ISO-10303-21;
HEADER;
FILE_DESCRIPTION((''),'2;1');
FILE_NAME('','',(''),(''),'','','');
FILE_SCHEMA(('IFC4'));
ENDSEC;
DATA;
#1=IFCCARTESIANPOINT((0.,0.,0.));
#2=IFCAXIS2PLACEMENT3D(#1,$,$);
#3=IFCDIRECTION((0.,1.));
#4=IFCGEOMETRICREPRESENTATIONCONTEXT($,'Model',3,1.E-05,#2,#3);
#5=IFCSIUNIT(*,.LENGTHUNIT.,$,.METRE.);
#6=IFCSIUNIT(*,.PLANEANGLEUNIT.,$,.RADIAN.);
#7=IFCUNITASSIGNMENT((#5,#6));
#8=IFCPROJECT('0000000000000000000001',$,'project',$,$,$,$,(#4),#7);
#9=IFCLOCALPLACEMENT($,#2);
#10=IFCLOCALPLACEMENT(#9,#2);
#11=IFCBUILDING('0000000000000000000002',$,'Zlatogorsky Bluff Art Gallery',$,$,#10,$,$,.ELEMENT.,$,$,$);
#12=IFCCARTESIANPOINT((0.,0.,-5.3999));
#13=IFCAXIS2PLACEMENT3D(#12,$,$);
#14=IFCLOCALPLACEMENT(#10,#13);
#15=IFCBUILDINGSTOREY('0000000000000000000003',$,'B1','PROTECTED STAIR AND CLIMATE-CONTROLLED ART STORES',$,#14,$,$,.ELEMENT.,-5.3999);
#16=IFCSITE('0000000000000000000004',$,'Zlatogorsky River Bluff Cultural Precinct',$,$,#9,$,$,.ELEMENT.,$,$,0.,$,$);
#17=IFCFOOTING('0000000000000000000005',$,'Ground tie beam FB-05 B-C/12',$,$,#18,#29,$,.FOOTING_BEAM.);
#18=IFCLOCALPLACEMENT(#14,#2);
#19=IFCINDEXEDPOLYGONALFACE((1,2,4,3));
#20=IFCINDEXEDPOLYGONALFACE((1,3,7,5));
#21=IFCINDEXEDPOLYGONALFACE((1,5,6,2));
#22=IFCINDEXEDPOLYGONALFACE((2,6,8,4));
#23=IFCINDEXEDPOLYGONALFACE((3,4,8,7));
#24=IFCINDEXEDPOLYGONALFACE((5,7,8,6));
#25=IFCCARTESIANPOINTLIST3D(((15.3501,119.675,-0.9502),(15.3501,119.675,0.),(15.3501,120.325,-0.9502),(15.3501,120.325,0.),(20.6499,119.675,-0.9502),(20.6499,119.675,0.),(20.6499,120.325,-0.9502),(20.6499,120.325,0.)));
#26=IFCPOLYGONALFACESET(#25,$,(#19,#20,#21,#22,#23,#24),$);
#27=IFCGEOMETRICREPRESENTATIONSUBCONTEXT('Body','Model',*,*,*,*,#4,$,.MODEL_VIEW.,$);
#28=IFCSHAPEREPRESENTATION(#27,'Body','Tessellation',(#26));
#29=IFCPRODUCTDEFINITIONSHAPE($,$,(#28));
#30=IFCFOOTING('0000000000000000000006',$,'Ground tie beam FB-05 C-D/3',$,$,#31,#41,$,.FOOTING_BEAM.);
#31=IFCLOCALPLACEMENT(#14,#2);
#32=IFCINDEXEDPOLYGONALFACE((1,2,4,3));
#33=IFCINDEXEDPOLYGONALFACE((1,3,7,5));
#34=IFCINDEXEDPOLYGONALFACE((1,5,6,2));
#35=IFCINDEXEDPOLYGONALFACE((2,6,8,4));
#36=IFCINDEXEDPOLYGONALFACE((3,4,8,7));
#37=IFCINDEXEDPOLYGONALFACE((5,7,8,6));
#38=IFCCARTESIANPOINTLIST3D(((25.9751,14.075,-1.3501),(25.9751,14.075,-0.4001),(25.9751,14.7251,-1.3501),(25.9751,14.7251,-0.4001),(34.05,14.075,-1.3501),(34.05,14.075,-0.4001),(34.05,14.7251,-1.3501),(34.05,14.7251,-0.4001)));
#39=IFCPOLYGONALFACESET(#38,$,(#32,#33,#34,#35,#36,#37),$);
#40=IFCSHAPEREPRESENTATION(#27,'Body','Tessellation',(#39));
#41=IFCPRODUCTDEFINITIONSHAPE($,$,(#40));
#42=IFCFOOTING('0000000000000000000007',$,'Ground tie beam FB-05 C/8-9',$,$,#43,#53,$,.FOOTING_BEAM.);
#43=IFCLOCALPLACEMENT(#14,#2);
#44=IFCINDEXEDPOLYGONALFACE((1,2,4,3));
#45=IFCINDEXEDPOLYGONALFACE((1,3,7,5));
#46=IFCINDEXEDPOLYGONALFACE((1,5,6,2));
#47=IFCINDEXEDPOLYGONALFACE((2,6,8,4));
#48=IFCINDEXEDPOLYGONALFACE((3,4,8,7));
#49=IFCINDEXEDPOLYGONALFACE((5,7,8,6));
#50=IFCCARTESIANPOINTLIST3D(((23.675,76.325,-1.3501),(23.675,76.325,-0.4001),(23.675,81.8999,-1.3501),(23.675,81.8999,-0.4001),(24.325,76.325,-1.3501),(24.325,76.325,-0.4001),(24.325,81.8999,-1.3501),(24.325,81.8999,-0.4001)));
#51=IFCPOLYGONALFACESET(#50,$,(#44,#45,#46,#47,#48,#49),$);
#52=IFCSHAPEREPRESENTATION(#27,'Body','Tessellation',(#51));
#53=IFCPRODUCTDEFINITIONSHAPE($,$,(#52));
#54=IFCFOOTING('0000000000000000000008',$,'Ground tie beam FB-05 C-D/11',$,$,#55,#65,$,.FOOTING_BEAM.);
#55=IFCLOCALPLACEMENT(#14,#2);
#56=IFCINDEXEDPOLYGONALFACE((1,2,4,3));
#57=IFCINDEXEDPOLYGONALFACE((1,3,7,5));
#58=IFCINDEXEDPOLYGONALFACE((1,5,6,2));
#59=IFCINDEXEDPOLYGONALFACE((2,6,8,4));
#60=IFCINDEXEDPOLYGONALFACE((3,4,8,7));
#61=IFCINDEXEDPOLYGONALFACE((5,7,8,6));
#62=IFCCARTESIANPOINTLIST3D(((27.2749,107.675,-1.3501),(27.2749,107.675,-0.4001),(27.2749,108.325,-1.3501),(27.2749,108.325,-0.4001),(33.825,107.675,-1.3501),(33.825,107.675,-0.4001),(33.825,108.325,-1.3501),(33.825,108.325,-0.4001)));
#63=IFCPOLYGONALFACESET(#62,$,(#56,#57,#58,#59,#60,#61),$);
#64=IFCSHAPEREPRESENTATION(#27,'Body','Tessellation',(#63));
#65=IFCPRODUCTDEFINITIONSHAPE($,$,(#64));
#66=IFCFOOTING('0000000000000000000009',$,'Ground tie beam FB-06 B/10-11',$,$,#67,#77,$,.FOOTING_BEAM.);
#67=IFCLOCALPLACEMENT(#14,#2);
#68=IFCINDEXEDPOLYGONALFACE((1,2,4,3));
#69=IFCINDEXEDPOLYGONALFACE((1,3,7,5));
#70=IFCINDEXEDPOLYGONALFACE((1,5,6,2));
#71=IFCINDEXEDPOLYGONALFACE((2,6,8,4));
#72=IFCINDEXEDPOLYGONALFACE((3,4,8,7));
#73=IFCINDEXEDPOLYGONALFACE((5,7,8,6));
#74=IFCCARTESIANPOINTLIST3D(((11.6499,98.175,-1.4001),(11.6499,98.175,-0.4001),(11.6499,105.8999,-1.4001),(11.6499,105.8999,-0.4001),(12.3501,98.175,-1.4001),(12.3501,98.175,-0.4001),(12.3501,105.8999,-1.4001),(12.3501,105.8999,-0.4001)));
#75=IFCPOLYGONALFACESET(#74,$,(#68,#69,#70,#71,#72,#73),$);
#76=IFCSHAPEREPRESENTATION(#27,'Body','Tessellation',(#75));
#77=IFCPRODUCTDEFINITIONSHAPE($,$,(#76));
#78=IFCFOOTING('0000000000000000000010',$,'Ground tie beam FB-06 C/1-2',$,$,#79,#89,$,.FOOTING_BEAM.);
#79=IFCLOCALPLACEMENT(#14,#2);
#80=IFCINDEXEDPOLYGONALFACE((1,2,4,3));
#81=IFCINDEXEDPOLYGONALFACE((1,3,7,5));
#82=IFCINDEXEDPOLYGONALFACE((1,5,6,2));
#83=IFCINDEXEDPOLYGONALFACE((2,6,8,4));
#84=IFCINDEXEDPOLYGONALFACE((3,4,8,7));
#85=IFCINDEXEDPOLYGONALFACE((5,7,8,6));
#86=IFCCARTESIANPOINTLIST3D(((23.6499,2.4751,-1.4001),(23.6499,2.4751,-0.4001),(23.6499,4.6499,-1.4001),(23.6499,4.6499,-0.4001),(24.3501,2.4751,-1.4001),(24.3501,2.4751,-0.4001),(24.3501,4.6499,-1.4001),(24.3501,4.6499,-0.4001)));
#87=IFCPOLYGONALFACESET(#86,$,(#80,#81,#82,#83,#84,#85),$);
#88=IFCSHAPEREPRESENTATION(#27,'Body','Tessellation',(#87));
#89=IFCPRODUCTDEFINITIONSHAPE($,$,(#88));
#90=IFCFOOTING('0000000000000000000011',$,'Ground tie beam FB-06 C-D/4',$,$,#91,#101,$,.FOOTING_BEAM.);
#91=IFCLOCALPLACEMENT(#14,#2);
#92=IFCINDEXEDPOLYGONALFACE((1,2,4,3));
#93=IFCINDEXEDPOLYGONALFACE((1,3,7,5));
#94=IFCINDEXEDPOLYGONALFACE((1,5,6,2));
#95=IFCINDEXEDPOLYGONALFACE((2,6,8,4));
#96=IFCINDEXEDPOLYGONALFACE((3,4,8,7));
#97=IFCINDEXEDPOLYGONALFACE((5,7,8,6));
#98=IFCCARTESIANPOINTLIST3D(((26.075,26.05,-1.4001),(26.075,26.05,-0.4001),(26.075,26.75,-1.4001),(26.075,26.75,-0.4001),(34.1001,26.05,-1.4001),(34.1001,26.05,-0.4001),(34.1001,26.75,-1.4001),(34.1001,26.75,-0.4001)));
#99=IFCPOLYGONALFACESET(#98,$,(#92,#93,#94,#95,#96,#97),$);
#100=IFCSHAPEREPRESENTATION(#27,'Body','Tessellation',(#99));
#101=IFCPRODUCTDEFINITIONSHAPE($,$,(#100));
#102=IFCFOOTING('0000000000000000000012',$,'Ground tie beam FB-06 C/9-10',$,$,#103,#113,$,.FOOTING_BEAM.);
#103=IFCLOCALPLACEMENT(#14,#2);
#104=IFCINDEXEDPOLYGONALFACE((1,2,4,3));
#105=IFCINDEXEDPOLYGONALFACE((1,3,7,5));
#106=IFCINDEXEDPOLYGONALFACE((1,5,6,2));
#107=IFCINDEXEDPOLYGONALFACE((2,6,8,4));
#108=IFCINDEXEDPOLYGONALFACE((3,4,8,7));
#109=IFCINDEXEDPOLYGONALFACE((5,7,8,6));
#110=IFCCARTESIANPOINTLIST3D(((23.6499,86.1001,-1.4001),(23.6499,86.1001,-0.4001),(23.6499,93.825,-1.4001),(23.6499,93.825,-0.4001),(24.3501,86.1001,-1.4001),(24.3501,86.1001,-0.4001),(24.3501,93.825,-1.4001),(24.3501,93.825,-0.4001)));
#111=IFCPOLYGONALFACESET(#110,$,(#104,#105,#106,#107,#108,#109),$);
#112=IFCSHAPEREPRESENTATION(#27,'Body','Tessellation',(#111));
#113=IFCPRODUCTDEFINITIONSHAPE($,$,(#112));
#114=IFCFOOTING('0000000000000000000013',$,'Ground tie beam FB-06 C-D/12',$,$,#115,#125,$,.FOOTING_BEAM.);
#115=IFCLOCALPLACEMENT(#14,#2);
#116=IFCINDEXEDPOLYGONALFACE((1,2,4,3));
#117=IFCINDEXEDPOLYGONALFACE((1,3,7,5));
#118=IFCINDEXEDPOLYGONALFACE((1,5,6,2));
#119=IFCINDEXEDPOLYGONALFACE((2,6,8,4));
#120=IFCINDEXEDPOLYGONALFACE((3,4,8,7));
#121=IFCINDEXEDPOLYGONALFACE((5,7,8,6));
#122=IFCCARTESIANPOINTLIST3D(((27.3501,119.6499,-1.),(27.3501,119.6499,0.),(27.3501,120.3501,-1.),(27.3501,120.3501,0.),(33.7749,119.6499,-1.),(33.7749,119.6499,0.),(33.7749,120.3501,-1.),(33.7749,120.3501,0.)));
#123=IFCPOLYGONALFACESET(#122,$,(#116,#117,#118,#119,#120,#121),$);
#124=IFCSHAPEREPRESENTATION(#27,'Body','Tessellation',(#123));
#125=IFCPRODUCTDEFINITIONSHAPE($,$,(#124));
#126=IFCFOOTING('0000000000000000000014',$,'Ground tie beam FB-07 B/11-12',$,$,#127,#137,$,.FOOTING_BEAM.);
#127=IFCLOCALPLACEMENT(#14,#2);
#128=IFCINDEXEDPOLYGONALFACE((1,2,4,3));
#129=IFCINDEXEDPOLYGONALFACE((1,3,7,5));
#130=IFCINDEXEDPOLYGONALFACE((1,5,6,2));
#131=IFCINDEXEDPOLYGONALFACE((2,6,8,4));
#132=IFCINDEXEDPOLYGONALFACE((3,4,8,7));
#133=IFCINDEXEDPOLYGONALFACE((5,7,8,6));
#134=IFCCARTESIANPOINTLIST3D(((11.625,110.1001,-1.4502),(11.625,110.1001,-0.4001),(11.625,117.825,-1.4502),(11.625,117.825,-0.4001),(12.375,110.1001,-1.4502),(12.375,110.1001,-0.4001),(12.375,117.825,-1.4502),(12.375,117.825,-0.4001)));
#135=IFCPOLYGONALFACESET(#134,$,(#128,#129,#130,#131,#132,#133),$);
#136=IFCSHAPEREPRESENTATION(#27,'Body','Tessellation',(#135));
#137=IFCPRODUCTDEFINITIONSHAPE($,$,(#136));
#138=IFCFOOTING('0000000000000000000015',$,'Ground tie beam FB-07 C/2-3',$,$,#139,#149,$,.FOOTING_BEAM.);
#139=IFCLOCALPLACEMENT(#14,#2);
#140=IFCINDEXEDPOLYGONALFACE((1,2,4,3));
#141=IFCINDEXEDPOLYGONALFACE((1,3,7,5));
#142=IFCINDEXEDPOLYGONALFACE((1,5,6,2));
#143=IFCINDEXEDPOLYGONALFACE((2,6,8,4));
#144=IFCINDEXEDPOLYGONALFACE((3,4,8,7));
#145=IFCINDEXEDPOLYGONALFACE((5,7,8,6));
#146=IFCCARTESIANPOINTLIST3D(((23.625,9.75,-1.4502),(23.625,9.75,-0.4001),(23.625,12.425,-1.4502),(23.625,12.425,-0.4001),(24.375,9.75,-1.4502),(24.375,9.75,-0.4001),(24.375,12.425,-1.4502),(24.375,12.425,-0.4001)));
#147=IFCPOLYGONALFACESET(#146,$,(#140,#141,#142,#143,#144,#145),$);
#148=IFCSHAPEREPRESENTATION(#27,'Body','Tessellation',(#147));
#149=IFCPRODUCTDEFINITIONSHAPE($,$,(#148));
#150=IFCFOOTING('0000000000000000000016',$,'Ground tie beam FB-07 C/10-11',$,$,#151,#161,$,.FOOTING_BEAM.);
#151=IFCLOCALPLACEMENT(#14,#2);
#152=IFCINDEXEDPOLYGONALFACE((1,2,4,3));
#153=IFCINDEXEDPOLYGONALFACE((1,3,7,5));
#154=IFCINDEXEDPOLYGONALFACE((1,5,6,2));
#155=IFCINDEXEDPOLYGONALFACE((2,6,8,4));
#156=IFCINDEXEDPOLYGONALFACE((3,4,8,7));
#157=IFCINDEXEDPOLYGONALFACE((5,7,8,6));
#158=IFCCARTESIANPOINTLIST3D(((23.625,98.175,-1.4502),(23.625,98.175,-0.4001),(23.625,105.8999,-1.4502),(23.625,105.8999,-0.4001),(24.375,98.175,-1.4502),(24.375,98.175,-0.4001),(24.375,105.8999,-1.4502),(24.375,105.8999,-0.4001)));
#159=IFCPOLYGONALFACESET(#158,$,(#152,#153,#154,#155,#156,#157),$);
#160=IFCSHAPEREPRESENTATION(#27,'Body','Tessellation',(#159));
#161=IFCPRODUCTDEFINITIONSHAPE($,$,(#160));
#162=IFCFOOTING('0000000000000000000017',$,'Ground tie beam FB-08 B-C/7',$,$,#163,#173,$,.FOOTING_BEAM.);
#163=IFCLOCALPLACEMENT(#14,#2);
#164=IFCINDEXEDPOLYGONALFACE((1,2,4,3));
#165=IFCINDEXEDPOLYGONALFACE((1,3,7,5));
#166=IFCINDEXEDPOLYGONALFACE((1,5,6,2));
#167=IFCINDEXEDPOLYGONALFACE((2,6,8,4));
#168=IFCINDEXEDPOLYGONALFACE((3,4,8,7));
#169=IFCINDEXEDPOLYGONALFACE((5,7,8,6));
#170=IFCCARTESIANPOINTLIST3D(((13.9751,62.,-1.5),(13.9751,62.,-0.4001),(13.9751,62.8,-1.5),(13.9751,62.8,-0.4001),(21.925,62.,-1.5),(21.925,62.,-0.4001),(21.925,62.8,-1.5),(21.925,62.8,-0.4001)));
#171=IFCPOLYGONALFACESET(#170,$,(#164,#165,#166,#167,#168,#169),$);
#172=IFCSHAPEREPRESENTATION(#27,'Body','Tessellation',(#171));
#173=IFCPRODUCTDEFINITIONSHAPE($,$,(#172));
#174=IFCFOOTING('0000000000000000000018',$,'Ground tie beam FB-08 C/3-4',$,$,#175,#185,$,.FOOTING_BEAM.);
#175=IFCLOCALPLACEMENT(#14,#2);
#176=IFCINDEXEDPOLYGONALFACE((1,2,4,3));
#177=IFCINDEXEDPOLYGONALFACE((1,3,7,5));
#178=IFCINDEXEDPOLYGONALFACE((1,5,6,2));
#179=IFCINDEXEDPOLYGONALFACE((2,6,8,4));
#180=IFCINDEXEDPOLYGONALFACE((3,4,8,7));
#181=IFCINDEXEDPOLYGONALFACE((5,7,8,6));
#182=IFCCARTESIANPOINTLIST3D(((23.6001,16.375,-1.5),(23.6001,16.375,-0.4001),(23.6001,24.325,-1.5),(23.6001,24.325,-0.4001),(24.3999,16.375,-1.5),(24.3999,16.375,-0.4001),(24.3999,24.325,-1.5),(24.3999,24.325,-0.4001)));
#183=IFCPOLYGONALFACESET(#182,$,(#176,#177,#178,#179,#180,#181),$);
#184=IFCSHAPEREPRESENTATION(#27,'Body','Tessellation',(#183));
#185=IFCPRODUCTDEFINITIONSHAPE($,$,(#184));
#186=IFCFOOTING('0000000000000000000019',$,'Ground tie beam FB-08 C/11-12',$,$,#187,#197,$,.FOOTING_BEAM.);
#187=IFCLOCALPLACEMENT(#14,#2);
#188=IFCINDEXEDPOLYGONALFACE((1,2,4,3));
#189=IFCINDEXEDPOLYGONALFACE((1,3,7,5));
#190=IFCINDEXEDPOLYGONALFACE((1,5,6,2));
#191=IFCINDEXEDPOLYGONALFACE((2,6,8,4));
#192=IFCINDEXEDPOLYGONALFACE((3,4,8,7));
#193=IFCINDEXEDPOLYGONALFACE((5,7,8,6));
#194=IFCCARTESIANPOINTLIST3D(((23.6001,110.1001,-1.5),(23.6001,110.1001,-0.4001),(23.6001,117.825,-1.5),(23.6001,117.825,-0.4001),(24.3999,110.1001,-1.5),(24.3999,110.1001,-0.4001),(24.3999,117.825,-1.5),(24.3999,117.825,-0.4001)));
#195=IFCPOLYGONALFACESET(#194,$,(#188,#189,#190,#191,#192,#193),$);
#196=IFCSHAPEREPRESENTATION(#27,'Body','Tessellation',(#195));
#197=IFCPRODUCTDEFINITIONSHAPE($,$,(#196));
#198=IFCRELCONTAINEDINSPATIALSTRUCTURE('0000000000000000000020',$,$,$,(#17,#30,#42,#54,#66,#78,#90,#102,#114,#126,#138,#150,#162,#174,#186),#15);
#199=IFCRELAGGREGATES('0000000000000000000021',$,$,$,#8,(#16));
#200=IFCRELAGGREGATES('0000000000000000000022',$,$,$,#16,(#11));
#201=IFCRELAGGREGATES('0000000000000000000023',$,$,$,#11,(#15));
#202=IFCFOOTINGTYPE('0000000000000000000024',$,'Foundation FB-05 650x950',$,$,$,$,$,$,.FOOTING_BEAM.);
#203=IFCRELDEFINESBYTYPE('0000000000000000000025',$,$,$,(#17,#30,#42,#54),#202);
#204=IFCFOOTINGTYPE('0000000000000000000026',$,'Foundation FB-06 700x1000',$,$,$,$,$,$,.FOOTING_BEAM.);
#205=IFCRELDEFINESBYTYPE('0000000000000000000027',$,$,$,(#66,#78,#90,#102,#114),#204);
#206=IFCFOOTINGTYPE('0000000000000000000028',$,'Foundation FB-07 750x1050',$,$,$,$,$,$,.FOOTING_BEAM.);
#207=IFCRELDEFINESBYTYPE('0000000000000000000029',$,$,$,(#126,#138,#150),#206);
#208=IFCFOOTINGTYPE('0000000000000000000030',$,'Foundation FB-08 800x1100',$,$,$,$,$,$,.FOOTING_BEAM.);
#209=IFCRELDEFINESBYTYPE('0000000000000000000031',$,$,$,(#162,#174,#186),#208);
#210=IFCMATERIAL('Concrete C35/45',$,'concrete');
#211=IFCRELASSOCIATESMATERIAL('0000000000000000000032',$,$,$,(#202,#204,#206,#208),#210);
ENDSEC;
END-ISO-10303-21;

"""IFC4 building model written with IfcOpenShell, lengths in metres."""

from ifc_helpers import new_model, si_unit, direction, frame, origin, place, context, subcontext, project, spatial, polyline, outline, extrude, material, type_object, element, save


model = new_model("IFC4")

# Units and contexts
model_context = context("Model", 3, precision=1e-05, world=origin(), true_north=direction((0.0, 1.0)))
body_context = subcontext(model_context, "Body", "Model", "MODEL_VIEW")
ifc_project = project(units=[si_unit("LENGTHUNIT", "METRE"), si_unit("PLANEANGLEUNIT", "RADIAN")], contexts=[model_context])

# Site, building, storey
site_placement = place(None, origin())
site = spatial("IfcSite", under=ifc_project, at=site_placement, Name="Zlatogorsky River Bluff Cultural Precinct", CompositionType="ELEMENT", RefElevation=0.0)
building_placement = place(site_placement, origin())
building = spatial("IfcBuilding", under=site, at=building_placement, Name="Zlatogorsky Bluff Art Gallery", CompositionType="ELEMENT")
storey_placement = place(building_placement, frame((0.0, 0.0, -5.3999)))
storey = spatial("IfcBuildingStorey", under=building, at=storey_placement, Name="B1", Description="PROTECTED STAIR AND CLIMATE-CONTROLLED ART STORES", CompositionType="ELEMENT", Elevation=-5.3999)

# Footings
ifc_material = material(Name="Concrete C35/45", Category="concrete")
footing_type_1 = type_object("IfcFootingType", Name="Foundation FB-05 650x950", PredefinedType="FOOTING_BEAM", material=ifc_material)
footing_1_placement = place(storey_placement, frame((0.0, 0.0, -0.9502)))
element("IfcFooting", 1, at=footing_1_placement, inside=storey, type_object=footing_type_1, Name="Ground tie beam FB-05 B-C/12", PredefinedType="FOOTING_BEAM", context=body_context, shape_type="SweptSolid", body=[
    extrude(outline(polyline([(15.3501, 119.675), (20.6499, 119.675), (20.6499, 120.325), (15.3501, 120.325), (15.3501, 119.675)])), origin(), (0.0, 0.0, 1.0), 0.9502),
])
footing_2_placement = place(storey_placement, frame((0.0, 0.0, -1.3501)))
element("IfcFooting", 2, at=footing_2_placement, inside=storey, type_object=footing_type_1, Name="Ground tie beam FB-05 C-D/3", PredefinedType="FOOTING_BEAM", context=body_context, shape_type="SweptSolid", body=[
    extrude(outline(polyline([(25.9751, 14.075), (34.05, 14.075), (34.05, 14.7251), (25.9751, 14.7251), (25.9751, 14.075)])), origin(), (0.0, 0.0, 1.0), 0.95),
])
footing_3_placement = place(storey_placement, frame((0.0, 0.0, -1.3501)))
element("IfcFooting", 3, at=footing_3_placement, inside=storey, type_object=footing_type_1, Name="Ground tie beam FB-05 C/8-9", PredefinedType="FOOTING_BEAM", context=body_context, shape_type="SweptSolid", body=[
    extrude(outline(polyline([(23.675, 76.325), (24.325, 76.325), (24.325, 81.8999), (23.675, 81.8999), (23.675, 76.325)])), origin(), (0.0, 0.0, 1.0), 0.95),
])
footing_4_placement = place(storey_placement, frame((0.0, 0.0, -1.3501)))
element("IfcFooting", 4, at=footing_4_placement, inside=storey, type_object=footing_type_1, Name="Ground tie beam FB-05 C-D/11", PredefinedType="FOOTING_BEAM", context=body_context, shape_type="SweptSolid", body=[
    extrude(outline(polyline([(27.2749, 107.675), (33.825, 107.675), (33.825, 108.325), (27.2749, 108.325), (27.2749, 107.675)])), origin(), (0.0, 0.0, 1.0), 0.95),
])
footing_type_2 = type_object("IfcFootingType", Name="Foundation FB-06 700x1000", PredefinedType="FOOTING_BEAM", material=ifc_material)
footing_5_placement = place(storey_placement, frame((0.0, 0.0, -1.4001)))
element("IfcFooting", 5, at=footing_5_placement, inside=storey, type_object=footing_type_2, Name="Ground tie beam FB-06 B/10-11", PredefinedType="FOOTING_BEAM", context=body_context, shape_type="SweptSolid", body=[
    extrude(outline(polyline([(11.6499, 98.175), (12.3501, 98.175), (12.3501, 105.8999), (11.6499, 105.8999), (11.6499, 98.175)])), origin(), (0.0, 0.0, 1.0), 1.0),
])
footing_6_placement = place(storey_placement, frame((0.0, 0.0, -1.4001)))
element("IfcFooting", 6, at=footing_6_placement, inside=storey, type_object=footing_type_2, Name="Ground tie beam FB-06 C/1-2", PredefinedType="FOOTING_BEAM", context=body_context, shape_type="SweptSolid", body=[
    extrude(outline(polyline([(23.6499, 2.4751), (24.3501, 2.4751), (24.3501, 4.6499), (23.6499, 4.6499), (23.6499, 2.4751)])), origin(), (0.0, 0.0, 1.0), 1.0),
])
footing_7_placement = place(storey_placement, frame((0.0, 0.0, -1.4001)))
element("IfcFooting", 7, at=footing_7_placement, inside=storey, type_object=footing_type_2, Name="Ground tie beam FB-06 C-D/4", PredefinedType="FOOTING_BEAM", context=body_context, shape_type="SweptSolid", body=[
    extrude(outline(polyline([(26.075, 26.05), (34.1001, 26.05), (34.1001, 26.75), (26.075, 26.75), (26.075, 26.05)])), origin(), (0.0, 0.0, 1.0), 1.0),
])
footing_8_placement = place(storey_placement, frame((0.0, 0.0, -1.4001)))
element("IfcFooting", 8, at=footing_8_placement, inside=storey, type_object=footing_type_2, Name="Ground tie beam FB-06 C/9-10", PredefinedType="FOOTING_BEAM", context=body_context, shape_type="SweptSolid", body=[
    extrude(outline(polyline([(23.6499, 86.1001), (24.3501, 86.1001), (24.3501, 93.825), (23.6499, 93.825), (23.6499, 86.1001)])), origin(), (0.0, 0.0, 1.0), 1.0),
])
footing_9_placement = place(storey_placement, frame((0.0, 0.0, -1.0)))
element("IfcFooting", 9, at=footing_9_placement, inside=storey, type_object=footing_type_2, Name="Ground tie beam FB-06 C-D/12", PredefinedType="FOOTING_BEAM", context=body_context, shape_type="SweptSolid", body=[
    extrude(outline(polyline([(27.3501, 119.6499), (33.7749, 119.6499), (33.7749, 120.3501), (27.3501, 120.3501), (27.3501, 119.6499)])), origin(), (0.0, 0.0, 1.0), 1.0),
])
footing_type_3 = type_object("IfcFootingType", Name="Foundation FB-07 750x1050", PredefinedType="FOOTING_BEAM", material=ifc_material)
footing_10_placement = place(storey_placement, frame((0.0, 0.0, -1.4502)))
element("IfcFooting", 10, at=footing_10_placement, inside=storey, type_object=footing_type_3, Name="Ground tie beam FB-07 B/11-12", PredefinedType="FOOTING_BEAM", context=body_context, shape_type="SweptSolid", body=[
    extrude(outline(polyline([(11.625, 110.1001), (12.375, 110.1001), (12.375, 117.825), (11.625, 117.825), (11.625, 110.1001)])), origin(), (0.0, 0.0, 1.0), 1.05),
])
footing_11_placement = place(storey_placement, frame((0.0, 0.0, -1.4502)))
element("IfcFooting", 11, at=footing_11_placement, inside=storey, type_object=footing_type_3, Name="Ground tie beam FB-07 C/2-3", PredefinedType="FOOTING_BEAM", context=body_context, shape_type="SweptSolid", body=[
    extrude(outline(polyline([(23.625, 9.75), (24.375, 9.75), (24.375, 12.425), (23.625, 12.425), (23.625, 9.75)])), origin(), (0.0, 0.0, 1.0), 1.05),
])
footing_12_placement = place(storey_placement, frame((0.0, 0.0, -1.4502)))
element("IfcFooting", 12, at=footing_12_placement, inside=storey, type_object=footing_type_3, Name="Ground tie beam FB-07 C/10-11", PredefinedType="FOOTING_BEAM", context=body_context, shape_type="SweptSolid", body=[
    extrude(outline(polyline([(23.625, 98.175), (24.375, 98.175), (24.375, 105.8999), (23.625, 105.8999), (23.625, 98.175)])), origin(), (0.0, 0.0, 1.0), 1.05),
])
footing_type_4 = type_object("IfcFootingType", Name="Foundation FB-08 800x1100", PredefinedType="FOOTING_BEAM", material=ifc_material)
footing_13_placement = place(storey_placement, frame((0.0, 0.0, -1.5)))
element("IfcFooting", 13, at=footing_13_placement, inside=storey, type_object=footing_type_4, Name="Ground tie beam FB-08 B-C/7", PredefinedType="FOOTING_BEAM", context=body_context, shape_type="SweptSolid", body=[
    extrude(outline(polyline([(13.9751, 62.0), (21.925, 62.0), (21.925, 62.8), (13.9751, 62.8), (13.9751, 62.0)])), origin(), (0.0, 0.0, 1.0), 1.0999),
])
footing_14_placement = place(storey_placement, frame((0.0, 0.0, -1.5)))
element("IfcFooting", 14, at=footing_14_placement, inside=storey, type_object=footing_type_4, Name="Ground tie beam FB-08 C/3-4", PredefinedType="FOOTING_BEAM", context=body_context, shape_type="SweptSolid", body=[
    extrude(outline(polyline([(23.6001, 16.375), (24.3999, 16.375), (24.3999, 24.325), (23.6001, 24.325), (23.6001, 16.375)])), origin(), (0.0, 0.0, 1.0), 1.0999),
])
footing_15_placement = place(storey_placement, frame((0.0, 0.0, -1.5)))
element("IfcFooting", 15, at=footing_15_placement, inside=storey, type_object=footing_type_4, Name="Ground tie beam FB-08 C/11-12", PredefinedType="FOOTING_BEAM", context=body_context, shape_type="SweptSolid", body=[
    extrude(outline(polyline([(23.6001, 110.1001), (24.3999, 110.1001), (24.3999, 117.825), (23.6001, 117.825), (23.6001, 110.1001)])), origin(), (0.0, 0.0, 1.0), 1.0999),
])

save(model, "model.ifc")
